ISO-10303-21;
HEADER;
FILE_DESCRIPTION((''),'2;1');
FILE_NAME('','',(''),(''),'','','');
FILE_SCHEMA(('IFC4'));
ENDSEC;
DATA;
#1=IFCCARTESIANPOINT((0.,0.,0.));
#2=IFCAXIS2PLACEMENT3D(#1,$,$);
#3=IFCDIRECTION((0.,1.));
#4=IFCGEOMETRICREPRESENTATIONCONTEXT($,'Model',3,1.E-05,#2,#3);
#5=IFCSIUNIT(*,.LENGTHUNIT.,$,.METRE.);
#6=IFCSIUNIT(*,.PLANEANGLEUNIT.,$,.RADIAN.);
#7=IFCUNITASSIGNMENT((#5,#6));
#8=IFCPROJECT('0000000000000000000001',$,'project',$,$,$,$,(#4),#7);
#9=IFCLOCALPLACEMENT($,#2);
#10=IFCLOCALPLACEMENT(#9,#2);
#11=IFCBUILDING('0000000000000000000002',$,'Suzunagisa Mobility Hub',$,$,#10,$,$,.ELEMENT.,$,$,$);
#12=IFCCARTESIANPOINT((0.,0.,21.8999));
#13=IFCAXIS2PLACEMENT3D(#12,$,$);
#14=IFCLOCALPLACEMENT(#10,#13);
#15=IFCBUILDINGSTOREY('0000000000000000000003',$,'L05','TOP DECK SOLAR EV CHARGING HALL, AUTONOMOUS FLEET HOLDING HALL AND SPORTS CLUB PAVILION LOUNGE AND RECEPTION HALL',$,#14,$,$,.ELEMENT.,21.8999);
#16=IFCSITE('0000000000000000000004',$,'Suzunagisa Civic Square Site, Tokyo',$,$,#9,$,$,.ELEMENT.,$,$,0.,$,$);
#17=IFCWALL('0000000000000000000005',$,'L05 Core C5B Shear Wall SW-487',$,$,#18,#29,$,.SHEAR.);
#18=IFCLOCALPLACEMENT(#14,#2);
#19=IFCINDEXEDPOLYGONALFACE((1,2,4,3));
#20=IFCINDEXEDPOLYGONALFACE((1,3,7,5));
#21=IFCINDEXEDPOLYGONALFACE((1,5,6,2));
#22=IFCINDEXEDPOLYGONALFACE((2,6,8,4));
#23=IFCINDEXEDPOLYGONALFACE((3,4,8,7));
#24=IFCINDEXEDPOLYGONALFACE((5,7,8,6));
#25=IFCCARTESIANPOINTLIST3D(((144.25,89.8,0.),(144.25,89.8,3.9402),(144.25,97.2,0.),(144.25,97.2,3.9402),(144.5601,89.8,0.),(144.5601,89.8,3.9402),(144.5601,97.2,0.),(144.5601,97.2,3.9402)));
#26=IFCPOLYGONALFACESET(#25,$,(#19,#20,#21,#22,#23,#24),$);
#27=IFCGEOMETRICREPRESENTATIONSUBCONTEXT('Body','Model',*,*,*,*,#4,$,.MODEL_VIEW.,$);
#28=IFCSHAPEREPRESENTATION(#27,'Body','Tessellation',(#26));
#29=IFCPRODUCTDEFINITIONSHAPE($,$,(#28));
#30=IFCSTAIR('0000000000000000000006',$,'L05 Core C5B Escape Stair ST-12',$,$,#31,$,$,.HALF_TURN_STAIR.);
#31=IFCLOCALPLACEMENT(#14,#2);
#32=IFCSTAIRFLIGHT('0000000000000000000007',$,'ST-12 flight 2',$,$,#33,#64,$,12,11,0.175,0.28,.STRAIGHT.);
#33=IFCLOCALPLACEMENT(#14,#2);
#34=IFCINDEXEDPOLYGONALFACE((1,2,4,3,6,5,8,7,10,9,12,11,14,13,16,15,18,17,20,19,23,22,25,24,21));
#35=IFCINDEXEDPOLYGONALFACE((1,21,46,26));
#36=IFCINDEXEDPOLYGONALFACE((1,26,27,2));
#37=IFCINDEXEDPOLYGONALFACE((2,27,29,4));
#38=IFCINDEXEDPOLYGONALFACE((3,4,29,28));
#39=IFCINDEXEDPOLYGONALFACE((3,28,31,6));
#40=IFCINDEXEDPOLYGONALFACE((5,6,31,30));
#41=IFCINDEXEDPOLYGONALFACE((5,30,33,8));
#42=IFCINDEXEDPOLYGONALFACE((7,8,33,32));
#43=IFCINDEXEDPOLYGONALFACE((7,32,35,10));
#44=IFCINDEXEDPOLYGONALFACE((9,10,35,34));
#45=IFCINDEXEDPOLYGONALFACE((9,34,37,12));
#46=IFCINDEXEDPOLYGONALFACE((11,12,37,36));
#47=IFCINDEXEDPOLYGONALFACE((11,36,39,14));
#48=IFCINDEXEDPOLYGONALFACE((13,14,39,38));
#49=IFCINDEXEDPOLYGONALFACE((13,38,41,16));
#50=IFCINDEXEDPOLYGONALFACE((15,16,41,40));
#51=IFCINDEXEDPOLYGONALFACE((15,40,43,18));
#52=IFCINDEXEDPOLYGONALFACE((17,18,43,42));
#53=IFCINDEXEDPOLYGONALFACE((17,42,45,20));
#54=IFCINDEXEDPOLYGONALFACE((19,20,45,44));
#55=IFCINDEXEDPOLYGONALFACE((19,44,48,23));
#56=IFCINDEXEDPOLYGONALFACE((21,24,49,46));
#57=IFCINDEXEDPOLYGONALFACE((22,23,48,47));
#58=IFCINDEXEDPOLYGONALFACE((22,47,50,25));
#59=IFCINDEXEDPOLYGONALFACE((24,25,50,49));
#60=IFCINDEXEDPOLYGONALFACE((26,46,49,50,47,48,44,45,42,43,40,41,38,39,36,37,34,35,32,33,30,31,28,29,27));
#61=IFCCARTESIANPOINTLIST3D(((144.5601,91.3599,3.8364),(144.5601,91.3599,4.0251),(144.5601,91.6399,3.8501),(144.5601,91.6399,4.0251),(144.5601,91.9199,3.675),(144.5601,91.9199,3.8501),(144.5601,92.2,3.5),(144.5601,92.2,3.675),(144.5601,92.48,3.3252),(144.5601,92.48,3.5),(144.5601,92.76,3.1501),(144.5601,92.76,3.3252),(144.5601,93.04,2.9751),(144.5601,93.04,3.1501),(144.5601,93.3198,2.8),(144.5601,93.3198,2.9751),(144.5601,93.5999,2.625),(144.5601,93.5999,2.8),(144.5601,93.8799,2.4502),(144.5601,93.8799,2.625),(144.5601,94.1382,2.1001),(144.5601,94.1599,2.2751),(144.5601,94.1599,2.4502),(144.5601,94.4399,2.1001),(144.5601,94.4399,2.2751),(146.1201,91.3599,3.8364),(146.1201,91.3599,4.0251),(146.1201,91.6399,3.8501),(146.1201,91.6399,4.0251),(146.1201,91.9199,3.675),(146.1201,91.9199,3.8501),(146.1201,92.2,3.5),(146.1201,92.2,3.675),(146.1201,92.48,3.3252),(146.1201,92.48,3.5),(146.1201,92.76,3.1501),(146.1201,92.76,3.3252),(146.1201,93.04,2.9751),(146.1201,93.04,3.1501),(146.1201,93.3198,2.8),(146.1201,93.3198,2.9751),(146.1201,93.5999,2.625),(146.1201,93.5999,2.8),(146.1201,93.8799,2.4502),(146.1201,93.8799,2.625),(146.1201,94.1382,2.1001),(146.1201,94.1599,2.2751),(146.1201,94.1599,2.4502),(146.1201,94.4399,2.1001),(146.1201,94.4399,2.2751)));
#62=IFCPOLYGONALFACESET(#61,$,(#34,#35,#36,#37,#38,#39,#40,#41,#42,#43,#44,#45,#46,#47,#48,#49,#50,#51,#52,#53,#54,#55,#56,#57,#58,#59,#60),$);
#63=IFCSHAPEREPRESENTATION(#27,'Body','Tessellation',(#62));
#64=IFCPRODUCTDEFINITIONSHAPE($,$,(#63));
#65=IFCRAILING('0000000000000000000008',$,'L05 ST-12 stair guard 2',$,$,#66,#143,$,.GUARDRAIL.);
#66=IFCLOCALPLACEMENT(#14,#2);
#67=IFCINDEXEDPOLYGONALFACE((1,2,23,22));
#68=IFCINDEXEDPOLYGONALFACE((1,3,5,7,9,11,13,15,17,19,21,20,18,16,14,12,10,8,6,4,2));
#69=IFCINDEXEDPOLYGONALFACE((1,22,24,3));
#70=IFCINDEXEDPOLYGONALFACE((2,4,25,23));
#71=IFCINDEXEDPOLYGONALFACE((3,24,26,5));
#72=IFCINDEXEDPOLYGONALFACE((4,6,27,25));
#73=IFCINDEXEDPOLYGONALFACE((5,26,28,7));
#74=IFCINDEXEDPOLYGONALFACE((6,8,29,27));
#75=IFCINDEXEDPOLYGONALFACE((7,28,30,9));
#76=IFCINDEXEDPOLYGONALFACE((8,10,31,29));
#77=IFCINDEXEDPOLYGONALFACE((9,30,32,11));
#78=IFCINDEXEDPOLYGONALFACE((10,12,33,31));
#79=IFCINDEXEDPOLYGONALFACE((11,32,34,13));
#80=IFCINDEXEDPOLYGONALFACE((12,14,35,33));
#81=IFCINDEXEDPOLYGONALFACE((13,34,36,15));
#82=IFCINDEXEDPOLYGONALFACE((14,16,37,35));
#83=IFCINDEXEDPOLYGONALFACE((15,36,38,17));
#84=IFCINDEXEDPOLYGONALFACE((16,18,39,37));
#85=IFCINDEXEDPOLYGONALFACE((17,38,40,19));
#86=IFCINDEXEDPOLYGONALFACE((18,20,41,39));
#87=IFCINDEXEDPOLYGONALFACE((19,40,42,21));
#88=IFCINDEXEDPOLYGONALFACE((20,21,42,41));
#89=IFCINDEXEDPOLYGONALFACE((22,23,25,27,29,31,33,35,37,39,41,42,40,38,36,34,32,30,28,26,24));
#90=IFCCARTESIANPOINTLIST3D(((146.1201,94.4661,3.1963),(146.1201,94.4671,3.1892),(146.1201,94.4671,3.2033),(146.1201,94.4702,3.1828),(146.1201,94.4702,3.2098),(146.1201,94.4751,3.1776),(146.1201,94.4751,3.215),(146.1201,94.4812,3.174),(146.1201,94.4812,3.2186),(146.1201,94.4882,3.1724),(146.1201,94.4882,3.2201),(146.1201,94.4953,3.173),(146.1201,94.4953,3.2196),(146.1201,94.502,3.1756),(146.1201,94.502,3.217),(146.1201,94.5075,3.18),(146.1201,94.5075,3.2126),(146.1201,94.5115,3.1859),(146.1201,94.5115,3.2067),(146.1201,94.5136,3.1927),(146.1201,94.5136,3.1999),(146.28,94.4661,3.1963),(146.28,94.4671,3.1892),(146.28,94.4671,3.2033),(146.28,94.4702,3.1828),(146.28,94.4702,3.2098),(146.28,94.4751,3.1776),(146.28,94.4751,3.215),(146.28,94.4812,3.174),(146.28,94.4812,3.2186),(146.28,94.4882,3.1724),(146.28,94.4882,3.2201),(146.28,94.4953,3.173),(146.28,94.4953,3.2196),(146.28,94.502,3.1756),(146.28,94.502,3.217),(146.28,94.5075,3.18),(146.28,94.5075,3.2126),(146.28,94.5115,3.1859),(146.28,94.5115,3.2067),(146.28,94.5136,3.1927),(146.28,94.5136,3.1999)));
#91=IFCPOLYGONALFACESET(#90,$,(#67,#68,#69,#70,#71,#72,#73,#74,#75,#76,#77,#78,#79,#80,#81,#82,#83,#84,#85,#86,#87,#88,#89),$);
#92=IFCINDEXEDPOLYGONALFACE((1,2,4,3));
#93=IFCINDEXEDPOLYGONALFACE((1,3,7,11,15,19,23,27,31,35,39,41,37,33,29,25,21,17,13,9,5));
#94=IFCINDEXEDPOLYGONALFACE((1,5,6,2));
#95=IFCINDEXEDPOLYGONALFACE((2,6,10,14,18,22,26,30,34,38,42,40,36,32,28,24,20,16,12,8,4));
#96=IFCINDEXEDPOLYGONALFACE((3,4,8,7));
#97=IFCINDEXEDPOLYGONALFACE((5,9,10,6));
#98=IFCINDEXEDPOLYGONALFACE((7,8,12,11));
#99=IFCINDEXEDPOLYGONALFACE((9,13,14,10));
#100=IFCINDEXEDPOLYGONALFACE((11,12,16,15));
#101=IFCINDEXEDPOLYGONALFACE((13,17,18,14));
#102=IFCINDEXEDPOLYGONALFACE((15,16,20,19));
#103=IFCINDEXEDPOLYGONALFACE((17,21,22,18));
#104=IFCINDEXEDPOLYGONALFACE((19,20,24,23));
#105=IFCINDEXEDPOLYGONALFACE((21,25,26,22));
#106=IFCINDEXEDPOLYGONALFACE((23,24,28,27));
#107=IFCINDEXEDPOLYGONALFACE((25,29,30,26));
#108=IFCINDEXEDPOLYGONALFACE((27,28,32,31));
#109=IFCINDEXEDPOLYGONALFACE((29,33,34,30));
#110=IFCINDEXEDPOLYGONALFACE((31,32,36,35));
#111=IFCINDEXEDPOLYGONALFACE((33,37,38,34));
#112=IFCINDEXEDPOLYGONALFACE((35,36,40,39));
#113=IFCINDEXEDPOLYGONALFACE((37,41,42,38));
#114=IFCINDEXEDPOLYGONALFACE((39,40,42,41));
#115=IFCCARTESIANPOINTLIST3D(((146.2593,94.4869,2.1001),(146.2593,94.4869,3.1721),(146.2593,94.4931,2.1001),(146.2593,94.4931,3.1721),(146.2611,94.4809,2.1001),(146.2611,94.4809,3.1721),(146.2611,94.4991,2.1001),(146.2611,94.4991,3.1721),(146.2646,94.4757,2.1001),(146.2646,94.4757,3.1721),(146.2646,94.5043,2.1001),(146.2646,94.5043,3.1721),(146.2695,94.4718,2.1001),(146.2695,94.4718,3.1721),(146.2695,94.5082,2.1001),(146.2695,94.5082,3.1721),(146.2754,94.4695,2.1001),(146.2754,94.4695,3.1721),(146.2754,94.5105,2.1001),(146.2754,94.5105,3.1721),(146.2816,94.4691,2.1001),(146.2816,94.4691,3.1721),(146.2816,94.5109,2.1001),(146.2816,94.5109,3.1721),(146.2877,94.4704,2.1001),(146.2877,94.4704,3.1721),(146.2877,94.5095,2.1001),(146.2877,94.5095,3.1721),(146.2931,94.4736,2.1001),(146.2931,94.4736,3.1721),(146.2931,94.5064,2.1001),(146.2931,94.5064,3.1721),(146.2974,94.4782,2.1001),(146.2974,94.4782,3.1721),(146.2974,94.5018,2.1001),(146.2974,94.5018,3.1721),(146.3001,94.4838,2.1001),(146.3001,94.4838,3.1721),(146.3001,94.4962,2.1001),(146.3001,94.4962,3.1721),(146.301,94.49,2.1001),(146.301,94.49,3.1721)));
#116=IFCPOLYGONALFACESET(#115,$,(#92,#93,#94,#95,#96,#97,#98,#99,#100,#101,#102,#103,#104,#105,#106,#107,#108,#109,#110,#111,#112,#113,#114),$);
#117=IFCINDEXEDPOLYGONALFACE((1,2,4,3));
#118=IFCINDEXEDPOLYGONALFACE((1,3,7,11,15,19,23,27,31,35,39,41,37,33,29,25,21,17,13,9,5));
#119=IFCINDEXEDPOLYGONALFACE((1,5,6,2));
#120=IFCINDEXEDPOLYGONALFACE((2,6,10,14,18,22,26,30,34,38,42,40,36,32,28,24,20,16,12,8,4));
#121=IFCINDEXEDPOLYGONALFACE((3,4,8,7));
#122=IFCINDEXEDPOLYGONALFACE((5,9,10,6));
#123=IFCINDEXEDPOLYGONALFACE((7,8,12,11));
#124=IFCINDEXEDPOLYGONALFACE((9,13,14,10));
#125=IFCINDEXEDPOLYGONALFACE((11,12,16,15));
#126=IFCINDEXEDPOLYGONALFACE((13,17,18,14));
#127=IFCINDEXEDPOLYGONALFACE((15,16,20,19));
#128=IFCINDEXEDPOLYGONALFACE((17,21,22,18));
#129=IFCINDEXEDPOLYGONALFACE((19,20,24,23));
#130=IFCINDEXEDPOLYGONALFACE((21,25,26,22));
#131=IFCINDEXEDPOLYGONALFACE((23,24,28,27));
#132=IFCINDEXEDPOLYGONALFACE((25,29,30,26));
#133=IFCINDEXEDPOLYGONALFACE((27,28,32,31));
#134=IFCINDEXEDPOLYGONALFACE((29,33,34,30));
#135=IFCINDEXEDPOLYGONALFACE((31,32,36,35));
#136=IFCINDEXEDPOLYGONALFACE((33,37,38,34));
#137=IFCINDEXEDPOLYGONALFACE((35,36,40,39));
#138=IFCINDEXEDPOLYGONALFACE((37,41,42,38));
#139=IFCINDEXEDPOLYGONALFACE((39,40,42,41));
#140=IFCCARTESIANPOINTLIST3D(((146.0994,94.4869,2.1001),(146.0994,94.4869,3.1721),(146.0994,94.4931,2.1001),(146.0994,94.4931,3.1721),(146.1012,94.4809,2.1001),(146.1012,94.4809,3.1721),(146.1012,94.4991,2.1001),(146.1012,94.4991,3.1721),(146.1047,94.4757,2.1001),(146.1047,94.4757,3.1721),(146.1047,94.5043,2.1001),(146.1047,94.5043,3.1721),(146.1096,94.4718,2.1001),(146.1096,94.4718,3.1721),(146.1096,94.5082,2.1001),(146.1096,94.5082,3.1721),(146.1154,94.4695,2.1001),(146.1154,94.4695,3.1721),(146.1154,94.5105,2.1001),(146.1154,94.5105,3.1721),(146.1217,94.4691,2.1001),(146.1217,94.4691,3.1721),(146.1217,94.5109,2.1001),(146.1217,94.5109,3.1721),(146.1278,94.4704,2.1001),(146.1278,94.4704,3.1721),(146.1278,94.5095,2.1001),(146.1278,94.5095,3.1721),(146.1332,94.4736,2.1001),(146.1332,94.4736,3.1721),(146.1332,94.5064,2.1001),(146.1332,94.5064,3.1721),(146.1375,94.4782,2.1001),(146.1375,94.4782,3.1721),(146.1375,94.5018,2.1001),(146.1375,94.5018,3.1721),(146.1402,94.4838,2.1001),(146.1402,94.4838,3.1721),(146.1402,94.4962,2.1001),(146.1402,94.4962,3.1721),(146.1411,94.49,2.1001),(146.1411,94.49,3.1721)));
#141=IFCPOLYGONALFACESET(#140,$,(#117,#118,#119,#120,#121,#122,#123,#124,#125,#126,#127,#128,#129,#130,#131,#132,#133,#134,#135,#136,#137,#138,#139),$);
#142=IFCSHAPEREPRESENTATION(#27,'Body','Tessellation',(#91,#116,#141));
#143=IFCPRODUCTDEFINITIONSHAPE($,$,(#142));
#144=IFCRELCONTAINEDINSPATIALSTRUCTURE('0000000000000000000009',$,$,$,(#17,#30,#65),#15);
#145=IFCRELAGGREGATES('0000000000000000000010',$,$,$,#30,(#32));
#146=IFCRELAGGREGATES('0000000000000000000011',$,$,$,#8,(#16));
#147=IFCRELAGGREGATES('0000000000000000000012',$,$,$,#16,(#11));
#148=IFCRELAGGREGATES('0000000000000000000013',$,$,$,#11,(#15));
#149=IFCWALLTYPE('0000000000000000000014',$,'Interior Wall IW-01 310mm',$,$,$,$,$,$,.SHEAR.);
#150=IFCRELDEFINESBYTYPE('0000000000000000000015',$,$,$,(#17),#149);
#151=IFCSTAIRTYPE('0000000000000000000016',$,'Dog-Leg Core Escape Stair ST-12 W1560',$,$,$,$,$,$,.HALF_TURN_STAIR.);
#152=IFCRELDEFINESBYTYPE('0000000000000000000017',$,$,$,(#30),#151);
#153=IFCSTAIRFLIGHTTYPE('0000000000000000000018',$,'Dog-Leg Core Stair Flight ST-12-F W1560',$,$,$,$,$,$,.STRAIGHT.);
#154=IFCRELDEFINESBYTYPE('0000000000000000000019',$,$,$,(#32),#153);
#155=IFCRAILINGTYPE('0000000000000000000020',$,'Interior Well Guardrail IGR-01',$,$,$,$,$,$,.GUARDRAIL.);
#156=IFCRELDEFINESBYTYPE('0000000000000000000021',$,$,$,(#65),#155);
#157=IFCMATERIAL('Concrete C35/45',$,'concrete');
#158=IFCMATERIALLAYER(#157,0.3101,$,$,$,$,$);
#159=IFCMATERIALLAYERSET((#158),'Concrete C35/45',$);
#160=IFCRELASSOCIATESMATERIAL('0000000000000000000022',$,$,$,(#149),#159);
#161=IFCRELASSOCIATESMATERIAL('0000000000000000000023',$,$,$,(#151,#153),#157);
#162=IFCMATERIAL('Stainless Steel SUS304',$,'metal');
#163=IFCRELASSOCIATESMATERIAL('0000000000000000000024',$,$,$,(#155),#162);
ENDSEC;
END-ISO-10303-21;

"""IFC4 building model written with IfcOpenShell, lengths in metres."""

from ifc_helpers import new_model, si_unit, direction, frame, frame_2d, origin, origin_2d, place, context, subcontext, project, spatial, polyline, rectangle, circle, outline, extrude, material, layer, layer_set, type_object, element, aggregate, save


model = new_model("IFC4")

# Units and contexts
model_context = context("Model", 3, precision=1e-05, world=origin(), true_north=direction((0.0, 1.0)))
body_context = subcontext(model_context, "Body", "Model", "MODEL_VIEW")
ifc_project = project(units=[si_unit("LENGTHUNIT", "METRE"), si_unit("PLANEANGLEUNIT", "RADIAN")], contexts=[model_context])

# Site, building, storey
site_placement = place(None, origin())
site = spatial("IfcSite", under=ifc_project, at=site_placement, Name="Suzunagisa Civic Square Site, Tokyo", CompositionType="ELEMENT", RefElevation=0.0)
building_placement = place(site_placement, origin())
building = spatial("IfcBuilding", under=site, at=building_placement, Name="Suzunagisa Mobility Hub", CompositionType="ELEMENT")
storey_placement = place(building_placement, frame((0.0, 0.0, 21.8999)))
storey = spatial("IfcBuildingStorey", under=building, at=storey_placement, Name="L05", Description="TOP DECK SOLAR EV CHARGING HALL, AUTONOMOUS FLEET HOLDING HALL AND SPORTS CLUB PAVILION LOUNGE AND RECEPTION HALL", CompositionType="ELEMENT", Elevation=21.8999)

# Wall
ifc_material_1 = material(Name="Concrete C35/45", Category="concrete")
ifc_layer_1 = layer(ifc_material_1, 0.3101)
ifc_layer_set_1 = layer_set([ifc_layer_1], Name="Concrete C35/45")
wall_type_1 = type_object("IfcWallType", Name="Interior Wall IW-01 310mm", PredefinedType="SHEAR", material=ifc_layer_set_1)
wall_1_placement = place(storey_placement, frame((144.405, 89.8, 0.0), z_axis=(0.0, 0.0, 1.0), x_axis=(0.0, 1.0, 0.0)))
element("IfcWall", 1, at=wall_1_placement, inside=storey, type_object=wall_type_1, Name="L05 Core C5B Shear Wall SW-487", PredefinedType="SHEAR", context=body_context, shape_type="SweptSolid", body=[
    extrude(rectangle(XDim=7.3999, YDim=0.3101, at=frame_2d((3.7, 0.0))), origin(), (0.0, 0.0, 1.0), 3.9402),
])

# Stair, stair flight
stair_type = type_object("IfcStairType", Name="Dog-Leg Core Escape Stair ST-12 W1560", PredefinedType="HALF_TURN_STAIR", material=ifc_material_1)
stair_placement = place(storey_placement, origin())
stair = element("IfcStair", 2, at=stair_placement, inside=storey, type_object=stair_type, Name="L05 Core C5B Escape Stair ST-12", PredefinedType="HALF_TURN_STAIR")
stair_flight_type = type_object("IfcStairFlightType", Name="Dog-Leg Core Stair Flight ST-12-F W1560", PredefinedType="STRAIGHT", material=ifc_material_1)
stair_flight_placement = place(storey_placement, frame((145.3401, 94.4399, 2.1001), z_axis=(0.0, 0.0, 1.0), x_axis=(0.0, -1.0, 0.0)))
stair_flight = element("IfcStairFlight", 3, at=stair_flight_placement, type_object=stair_flight_type, Name="ST-12 flight 2", NumberOfRisers=12, NumberOfTreads=11, PredefinedType="STRAIGHT", RiserHeight=0.175, TreadLength=0.28, context=body_context, shape_type="SweptSolid", body=[
    extrude(outline(polyline([(0.0, 0.0), (0.0, 0.175), (0.28, 0.175), (0.28, 0.3501), (0.5601, 0.3501), (0.5601, 0.5249), (0.8401, 0.5249), (0.8401, 0.7), (1.1201, 0.7), (1.1201, 0.875), (1.3999, 0.875), (1.3999, 1.05), (1.6799, 1.05), (1.6799, 1.2251), (1.96, 1.2251), (1.96, 1.3999), (2.24, 1.3999), (2.24, 1.575), (2.52, 1.575), (2.52, 1.75), (2.8, 1.75), (2.8, 1.925), (3.0801, 1.925), (3.0801, 2.1001), (3.0801, 1.7363), (0.3018, 0.0), (0.0, 0.0)])), frame((0.0, 0.78, 0.0), z_axis=(0.0, -1.0, 0.0), x_axis=(1.0, 0.0, 0.0)), (0.0, 0.0, 1.0), 1.5601),
])
aggregate(stair, [stair_flight])

# Railing
ifc_material_2 = material(Name="Stainless Steel SUS304", Category="metal")
railing_type_1 = type_object("IfcRailingType", Name="Interior Well Guardrail IGR-01", PredefinedType="GUARDRAIL", material=ifc_material_2)
railing_1_placement = place(storey_placement, frame((146.28, 94.49, 2.1001)))
element("IfcRailing", 4, at=railing_1_placement, inside=storey, type_object=railing_type_1, Name="L05 ST-12 stair guard 2", PredefinedType="GUARDRAIL", context=body_context, shape_type="SweptSolid", body=[
    extrude(circle(Radius=0.0239, at=origin_2d()), frame((0.0, 0.0, 1.0962), z_axis=(-1.0, 0.0, 0.0), x_axis=(0.0, -1.0, 0.0)), (0.0, 0.0, 1.0), 0.1599),
    extrude(circle(Radius=0.021, at=origin_2d()), origin(), (0.0, 0.0, 1.0), 1.072),
    extrude(circle(Radius=0.021, at=origin_2d()), frame((-0.1599, 0.0, 0.0)), (0.0, 0.0, 1.0), 1.072),
])

save(model, "model.ifc")
